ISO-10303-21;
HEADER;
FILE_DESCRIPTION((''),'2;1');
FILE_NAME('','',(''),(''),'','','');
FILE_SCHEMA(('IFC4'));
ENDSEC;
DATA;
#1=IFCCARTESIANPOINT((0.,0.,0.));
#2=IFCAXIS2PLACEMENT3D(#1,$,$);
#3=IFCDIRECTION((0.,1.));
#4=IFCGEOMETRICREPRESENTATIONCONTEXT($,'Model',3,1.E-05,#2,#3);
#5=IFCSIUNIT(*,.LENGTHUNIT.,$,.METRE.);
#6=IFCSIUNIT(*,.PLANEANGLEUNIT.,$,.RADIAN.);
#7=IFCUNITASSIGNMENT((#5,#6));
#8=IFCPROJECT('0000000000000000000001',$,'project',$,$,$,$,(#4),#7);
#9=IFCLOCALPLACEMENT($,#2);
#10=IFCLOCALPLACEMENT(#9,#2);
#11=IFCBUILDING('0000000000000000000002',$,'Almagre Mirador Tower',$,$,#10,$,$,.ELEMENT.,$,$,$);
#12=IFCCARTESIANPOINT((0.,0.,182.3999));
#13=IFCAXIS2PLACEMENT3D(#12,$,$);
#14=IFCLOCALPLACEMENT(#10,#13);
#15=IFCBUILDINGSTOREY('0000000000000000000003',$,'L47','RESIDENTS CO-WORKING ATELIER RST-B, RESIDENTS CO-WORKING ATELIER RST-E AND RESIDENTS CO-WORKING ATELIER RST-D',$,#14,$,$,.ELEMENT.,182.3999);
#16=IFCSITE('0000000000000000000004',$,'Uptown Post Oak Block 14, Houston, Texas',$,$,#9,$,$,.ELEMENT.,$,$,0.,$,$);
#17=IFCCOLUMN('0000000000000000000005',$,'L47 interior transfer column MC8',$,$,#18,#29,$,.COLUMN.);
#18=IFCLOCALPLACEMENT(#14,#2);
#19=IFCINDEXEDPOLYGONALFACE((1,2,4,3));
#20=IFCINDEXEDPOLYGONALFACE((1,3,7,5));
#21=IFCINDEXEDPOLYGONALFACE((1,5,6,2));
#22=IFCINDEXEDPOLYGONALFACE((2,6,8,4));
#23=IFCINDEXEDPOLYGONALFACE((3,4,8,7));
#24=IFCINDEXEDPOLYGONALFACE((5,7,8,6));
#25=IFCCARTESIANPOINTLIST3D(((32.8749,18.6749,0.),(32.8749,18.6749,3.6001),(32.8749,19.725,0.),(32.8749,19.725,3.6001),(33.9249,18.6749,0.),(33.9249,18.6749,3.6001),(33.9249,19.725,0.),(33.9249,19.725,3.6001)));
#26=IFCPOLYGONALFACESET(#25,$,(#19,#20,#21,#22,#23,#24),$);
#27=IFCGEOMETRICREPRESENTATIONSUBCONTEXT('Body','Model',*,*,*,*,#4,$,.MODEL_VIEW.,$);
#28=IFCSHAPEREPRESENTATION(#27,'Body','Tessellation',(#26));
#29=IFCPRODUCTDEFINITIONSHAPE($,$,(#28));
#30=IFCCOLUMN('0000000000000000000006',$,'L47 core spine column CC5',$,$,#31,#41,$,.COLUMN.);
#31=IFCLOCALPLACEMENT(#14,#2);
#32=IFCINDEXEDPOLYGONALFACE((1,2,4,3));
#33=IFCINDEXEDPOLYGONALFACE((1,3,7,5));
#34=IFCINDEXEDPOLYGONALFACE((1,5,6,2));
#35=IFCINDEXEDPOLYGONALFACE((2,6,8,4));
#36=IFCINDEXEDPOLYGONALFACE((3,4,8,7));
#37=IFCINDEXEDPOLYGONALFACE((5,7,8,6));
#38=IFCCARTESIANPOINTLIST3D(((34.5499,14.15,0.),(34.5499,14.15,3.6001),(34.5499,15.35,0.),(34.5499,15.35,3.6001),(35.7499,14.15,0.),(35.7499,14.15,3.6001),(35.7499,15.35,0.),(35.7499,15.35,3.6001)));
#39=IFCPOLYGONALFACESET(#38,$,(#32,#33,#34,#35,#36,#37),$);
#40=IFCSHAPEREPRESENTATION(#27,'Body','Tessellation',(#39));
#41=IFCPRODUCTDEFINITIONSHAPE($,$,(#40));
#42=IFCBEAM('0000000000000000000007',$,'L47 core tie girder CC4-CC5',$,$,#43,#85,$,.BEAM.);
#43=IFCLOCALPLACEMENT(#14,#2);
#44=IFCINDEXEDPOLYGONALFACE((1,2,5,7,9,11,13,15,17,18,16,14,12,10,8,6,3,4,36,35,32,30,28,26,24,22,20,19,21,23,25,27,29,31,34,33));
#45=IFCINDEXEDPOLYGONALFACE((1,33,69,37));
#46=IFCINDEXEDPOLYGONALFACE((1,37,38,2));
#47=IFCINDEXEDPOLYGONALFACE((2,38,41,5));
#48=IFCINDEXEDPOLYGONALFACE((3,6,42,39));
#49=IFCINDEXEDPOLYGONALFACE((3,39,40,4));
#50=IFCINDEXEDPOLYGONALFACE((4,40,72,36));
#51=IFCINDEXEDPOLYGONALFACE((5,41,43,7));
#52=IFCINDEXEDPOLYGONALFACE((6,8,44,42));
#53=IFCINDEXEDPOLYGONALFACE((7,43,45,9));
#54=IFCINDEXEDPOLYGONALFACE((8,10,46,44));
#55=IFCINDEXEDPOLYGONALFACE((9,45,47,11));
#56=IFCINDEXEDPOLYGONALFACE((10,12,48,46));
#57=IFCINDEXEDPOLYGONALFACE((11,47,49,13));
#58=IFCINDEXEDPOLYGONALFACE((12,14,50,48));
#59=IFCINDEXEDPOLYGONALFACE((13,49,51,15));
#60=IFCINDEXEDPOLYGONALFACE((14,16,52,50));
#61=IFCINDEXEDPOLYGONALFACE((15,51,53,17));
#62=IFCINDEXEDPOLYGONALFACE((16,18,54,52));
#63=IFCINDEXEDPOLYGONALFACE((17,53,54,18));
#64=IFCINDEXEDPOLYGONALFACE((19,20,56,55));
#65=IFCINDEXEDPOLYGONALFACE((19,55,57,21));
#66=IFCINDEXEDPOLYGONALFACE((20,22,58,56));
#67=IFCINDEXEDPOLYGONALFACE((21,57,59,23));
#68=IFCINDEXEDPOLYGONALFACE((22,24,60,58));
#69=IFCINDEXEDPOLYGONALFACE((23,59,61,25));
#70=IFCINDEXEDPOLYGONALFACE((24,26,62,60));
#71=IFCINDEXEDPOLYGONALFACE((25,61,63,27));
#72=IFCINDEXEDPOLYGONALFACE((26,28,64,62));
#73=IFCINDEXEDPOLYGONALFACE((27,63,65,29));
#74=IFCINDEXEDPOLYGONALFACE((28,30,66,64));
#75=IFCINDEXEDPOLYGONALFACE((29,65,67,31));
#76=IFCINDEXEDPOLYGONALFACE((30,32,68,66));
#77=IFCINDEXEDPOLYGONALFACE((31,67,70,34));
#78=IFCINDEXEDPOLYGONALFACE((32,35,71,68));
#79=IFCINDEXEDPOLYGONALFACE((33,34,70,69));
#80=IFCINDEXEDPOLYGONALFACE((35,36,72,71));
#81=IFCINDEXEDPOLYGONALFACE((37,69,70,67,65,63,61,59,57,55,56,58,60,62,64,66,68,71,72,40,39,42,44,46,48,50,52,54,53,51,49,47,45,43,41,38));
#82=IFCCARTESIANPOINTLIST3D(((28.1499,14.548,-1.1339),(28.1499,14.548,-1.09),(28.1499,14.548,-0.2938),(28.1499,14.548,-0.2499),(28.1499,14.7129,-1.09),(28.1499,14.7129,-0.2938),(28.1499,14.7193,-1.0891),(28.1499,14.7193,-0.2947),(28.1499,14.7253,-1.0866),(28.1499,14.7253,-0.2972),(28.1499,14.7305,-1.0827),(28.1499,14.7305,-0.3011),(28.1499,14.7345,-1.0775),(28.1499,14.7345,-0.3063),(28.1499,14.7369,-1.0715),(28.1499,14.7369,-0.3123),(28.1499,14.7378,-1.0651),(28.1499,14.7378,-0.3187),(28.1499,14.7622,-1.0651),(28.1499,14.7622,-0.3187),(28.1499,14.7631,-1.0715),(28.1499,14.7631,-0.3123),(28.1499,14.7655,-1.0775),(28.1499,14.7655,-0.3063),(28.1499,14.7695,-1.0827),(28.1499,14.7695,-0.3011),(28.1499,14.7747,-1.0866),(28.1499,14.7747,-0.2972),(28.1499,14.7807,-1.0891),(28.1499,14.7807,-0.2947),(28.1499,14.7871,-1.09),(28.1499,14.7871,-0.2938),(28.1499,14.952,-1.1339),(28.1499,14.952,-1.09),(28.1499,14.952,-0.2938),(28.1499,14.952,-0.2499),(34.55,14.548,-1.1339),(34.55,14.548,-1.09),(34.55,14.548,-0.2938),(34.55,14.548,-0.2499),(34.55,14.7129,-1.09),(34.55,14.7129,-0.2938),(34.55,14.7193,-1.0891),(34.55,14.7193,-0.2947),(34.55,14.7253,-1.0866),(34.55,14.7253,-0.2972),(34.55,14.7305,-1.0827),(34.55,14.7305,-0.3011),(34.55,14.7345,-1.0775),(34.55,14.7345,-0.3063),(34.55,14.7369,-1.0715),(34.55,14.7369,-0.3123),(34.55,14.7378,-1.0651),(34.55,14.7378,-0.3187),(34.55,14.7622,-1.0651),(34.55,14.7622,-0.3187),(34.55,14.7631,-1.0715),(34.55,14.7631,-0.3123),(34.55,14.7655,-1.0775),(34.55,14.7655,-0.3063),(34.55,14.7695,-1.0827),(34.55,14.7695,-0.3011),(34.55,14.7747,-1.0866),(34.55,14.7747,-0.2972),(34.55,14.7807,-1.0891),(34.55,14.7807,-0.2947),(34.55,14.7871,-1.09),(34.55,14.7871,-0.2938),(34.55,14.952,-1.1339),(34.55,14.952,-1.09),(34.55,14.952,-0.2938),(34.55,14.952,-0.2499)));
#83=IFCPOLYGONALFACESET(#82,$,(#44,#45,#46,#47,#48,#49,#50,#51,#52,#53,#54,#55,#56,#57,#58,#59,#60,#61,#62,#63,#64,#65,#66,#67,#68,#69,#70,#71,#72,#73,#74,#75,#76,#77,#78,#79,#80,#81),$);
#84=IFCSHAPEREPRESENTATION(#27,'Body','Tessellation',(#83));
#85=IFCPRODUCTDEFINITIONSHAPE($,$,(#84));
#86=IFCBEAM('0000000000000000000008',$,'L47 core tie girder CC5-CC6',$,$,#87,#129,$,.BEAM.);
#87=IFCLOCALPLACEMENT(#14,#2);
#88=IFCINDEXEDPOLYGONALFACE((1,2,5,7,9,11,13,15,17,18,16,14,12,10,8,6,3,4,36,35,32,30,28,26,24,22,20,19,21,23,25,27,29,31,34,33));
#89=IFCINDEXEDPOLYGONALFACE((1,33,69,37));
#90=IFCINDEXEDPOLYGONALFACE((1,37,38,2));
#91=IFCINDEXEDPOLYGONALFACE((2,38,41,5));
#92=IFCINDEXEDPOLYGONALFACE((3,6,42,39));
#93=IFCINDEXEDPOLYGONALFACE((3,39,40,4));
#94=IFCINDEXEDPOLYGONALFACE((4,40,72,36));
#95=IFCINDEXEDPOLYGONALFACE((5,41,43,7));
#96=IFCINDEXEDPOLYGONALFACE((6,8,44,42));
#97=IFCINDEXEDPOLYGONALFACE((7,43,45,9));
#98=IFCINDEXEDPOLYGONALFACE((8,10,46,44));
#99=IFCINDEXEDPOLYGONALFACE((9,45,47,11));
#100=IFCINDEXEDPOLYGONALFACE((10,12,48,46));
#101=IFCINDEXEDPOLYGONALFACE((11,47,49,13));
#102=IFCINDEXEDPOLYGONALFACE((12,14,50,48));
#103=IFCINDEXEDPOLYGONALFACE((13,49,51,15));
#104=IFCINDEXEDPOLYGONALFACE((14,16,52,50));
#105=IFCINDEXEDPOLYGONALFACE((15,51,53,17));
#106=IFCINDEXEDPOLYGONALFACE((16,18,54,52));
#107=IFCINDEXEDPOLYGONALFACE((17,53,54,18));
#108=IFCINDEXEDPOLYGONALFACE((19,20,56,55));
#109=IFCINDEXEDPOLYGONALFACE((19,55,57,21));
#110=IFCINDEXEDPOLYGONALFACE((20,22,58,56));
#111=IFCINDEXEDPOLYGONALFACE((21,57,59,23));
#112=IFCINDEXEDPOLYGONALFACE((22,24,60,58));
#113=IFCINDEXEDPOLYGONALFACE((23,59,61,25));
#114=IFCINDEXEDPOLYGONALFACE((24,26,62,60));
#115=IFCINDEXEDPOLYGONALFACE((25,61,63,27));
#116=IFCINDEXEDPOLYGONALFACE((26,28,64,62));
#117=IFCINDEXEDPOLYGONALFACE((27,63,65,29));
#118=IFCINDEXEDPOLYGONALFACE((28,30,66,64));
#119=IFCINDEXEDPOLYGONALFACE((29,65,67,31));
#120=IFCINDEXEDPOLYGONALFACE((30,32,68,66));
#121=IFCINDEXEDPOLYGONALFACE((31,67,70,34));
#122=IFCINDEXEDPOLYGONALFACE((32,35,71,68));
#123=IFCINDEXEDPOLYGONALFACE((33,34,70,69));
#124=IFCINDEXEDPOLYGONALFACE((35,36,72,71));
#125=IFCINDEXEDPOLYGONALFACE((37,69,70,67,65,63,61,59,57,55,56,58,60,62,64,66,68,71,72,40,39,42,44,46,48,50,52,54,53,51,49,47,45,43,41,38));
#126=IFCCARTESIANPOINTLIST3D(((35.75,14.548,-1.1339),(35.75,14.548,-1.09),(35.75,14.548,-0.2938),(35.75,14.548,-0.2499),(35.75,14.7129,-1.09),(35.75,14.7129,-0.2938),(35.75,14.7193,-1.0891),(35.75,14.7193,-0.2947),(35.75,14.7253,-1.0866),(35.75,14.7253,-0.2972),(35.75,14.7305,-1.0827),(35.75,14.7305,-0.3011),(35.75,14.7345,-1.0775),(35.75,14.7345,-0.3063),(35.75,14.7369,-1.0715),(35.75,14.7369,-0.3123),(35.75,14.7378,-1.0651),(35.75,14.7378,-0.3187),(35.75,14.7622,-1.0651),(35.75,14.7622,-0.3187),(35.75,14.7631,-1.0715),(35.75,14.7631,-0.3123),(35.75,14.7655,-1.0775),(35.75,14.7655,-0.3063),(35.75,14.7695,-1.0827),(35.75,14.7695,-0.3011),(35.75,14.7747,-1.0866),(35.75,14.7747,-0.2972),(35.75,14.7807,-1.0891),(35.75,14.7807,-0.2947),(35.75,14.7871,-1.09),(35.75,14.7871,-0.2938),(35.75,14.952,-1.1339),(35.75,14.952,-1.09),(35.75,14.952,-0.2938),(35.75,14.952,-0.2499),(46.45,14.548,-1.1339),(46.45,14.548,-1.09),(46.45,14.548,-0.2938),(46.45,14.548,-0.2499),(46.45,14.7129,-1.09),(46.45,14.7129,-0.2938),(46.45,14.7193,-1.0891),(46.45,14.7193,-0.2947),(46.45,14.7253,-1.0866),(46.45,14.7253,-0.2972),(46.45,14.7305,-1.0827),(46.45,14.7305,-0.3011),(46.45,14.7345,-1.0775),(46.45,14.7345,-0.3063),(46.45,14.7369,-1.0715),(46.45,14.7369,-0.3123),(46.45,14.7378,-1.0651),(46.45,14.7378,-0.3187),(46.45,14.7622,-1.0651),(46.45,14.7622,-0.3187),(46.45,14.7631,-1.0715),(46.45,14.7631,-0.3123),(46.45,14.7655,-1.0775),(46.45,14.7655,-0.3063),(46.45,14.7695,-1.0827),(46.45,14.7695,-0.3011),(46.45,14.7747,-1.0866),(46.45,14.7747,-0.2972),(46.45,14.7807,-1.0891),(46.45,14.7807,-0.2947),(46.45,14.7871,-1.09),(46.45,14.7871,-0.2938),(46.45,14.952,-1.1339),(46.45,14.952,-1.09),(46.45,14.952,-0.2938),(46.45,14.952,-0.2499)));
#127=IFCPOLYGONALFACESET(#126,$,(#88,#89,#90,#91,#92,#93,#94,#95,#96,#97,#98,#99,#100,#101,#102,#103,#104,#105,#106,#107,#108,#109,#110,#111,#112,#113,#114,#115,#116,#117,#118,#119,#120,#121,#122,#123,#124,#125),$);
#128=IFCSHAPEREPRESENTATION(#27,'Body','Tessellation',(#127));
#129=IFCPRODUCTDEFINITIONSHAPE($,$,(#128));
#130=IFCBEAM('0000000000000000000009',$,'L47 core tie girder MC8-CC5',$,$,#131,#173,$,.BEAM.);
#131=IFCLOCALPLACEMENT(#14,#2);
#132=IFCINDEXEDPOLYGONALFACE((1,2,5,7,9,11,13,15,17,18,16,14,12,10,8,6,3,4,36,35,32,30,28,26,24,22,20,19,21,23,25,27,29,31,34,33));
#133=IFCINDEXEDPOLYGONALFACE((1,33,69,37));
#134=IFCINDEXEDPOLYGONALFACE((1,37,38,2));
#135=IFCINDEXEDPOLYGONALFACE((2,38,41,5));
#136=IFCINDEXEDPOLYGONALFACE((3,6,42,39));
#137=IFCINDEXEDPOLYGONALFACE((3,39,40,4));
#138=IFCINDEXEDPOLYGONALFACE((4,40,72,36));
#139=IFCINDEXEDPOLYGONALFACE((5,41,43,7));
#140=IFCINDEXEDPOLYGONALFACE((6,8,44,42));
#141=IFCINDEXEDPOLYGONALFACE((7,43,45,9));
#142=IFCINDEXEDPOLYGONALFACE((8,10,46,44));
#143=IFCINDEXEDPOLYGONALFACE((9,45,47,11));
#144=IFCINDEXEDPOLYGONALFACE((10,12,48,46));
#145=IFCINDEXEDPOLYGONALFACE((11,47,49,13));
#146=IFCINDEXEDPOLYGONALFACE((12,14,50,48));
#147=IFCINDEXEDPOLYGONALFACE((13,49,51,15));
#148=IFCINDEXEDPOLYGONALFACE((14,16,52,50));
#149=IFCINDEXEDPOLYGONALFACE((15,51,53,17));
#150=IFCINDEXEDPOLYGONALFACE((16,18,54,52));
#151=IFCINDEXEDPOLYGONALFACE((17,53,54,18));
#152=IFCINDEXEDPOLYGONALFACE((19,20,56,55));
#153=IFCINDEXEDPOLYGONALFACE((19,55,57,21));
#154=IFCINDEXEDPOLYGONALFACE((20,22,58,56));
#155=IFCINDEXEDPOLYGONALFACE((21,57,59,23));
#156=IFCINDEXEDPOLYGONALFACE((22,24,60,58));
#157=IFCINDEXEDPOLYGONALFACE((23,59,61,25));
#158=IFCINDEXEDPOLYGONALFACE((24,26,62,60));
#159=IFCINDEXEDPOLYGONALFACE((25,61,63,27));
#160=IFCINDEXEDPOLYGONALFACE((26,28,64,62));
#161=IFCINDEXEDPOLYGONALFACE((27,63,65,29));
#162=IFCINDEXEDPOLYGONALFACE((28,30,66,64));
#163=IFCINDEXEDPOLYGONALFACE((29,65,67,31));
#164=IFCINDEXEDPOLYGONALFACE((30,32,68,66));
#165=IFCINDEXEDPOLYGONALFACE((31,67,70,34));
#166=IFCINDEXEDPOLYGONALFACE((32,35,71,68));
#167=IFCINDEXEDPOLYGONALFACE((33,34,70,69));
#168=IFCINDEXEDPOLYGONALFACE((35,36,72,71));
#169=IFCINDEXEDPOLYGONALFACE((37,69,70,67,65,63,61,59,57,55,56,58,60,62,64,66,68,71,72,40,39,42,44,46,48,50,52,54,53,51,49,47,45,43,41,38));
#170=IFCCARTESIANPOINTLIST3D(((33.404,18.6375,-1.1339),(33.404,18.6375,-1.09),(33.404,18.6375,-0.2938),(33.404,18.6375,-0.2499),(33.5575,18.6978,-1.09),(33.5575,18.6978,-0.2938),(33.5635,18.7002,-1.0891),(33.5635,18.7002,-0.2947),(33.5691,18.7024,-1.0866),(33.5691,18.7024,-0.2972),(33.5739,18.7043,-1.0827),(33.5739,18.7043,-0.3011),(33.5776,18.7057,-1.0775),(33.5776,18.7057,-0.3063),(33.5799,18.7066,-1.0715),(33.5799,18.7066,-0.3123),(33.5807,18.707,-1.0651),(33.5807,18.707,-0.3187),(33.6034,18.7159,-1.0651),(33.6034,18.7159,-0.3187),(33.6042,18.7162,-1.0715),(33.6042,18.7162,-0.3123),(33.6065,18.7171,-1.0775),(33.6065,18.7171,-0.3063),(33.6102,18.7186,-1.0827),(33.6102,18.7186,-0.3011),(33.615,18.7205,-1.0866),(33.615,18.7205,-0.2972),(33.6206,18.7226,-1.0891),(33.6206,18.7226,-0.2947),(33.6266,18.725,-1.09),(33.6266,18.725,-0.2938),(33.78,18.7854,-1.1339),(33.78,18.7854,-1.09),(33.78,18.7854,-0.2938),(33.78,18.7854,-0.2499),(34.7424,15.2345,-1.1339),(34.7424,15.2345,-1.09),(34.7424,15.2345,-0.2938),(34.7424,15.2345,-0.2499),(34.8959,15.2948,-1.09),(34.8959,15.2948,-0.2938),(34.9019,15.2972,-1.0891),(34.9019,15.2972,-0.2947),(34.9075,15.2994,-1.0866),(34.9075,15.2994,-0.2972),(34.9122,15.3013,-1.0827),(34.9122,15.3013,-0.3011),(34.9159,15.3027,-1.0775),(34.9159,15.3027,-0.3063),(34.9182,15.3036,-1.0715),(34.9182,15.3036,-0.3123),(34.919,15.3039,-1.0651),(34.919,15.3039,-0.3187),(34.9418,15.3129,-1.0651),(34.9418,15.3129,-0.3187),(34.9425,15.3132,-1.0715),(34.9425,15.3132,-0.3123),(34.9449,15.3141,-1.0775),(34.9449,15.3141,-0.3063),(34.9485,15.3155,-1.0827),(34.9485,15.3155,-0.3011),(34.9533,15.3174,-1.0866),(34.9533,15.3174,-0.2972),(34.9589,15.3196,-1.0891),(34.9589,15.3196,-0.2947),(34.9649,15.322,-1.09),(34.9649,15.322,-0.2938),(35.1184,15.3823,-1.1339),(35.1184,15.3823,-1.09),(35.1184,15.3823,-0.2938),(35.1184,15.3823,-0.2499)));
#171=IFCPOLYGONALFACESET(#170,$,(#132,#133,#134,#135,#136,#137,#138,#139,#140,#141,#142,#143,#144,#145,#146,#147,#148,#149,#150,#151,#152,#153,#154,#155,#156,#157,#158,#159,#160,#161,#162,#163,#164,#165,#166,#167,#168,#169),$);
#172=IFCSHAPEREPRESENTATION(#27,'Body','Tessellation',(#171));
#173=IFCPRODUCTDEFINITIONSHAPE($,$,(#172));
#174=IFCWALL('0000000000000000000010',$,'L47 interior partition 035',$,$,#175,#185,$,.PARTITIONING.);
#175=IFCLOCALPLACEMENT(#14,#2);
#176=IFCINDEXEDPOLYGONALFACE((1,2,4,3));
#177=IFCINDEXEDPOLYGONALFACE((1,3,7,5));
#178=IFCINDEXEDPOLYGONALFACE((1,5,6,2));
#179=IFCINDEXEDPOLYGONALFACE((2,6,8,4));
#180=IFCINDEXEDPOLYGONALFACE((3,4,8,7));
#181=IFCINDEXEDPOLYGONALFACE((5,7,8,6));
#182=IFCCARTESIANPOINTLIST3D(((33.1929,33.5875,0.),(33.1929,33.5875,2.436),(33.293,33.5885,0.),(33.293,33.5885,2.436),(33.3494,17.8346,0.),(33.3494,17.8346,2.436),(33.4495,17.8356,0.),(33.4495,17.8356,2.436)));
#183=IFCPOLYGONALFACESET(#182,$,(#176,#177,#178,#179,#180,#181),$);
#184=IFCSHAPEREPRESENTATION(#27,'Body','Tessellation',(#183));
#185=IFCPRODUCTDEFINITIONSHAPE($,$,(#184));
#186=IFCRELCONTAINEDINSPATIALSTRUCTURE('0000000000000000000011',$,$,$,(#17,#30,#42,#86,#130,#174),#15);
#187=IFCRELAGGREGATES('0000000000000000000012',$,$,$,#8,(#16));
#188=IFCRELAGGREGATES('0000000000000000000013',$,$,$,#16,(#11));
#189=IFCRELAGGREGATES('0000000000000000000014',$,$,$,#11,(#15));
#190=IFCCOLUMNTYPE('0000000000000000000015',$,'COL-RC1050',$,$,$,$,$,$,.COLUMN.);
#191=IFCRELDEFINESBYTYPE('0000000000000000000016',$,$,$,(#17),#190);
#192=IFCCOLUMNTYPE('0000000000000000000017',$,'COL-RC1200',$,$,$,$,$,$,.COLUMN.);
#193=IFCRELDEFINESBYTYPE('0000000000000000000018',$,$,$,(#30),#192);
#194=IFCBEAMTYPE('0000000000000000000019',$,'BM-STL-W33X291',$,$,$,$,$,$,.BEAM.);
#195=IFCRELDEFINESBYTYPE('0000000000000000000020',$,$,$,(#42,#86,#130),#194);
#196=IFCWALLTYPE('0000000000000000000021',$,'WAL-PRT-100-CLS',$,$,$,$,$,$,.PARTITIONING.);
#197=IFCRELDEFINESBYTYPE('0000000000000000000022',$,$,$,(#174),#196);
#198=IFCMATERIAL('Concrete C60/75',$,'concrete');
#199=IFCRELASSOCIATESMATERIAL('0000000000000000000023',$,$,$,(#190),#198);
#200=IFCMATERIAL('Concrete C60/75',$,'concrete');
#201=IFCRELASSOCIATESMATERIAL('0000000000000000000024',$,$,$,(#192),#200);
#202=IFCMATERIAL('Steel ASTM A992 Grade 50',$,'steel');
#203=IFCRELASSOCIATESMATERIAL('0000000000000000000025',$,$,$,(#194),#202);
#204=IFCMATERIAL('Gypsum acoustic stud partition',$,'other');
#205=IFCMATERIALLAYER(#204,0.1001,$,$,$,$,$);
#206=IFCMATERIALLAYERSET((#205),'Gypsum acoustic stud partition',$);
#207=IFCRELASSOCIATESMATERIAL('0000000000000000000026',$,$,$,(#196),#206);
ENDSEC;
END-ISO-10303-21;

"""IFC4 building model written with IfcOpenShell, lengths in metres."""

from ifc_helpers import new_model, si_unit, direction, frame, frame_2d, origin, origin_2d, place, context, subcontext, project, spatial, rectangle, i_section, extrude, material, layer, layer_set, material_profile, profile_set, type_object, element, save


model = new_model("IFC4")

# Units and contexts
model_context = context("Model", 3, precision=1e-05, world=origin(), true_north=direction((0.0, 1.0)))
body_context = subcontext(model_context, "Body", "Model", "MODEL_VIEW")
ifc_project = project(units=[si_unit("LENGTHUNIT", "METRE"), si_unit("PLANEANGLEUNIT", "RADIAN")], contexts=[model_context])

# Site, building, storey
site_placement = place(None, origin())
site = spatial("IfcSite", under=ifc_project, at=site_placement, Name="Uptown Post Oak Block 14, Houston, Texas", CompositionType="ELEMENT", RefElevation=0.0)
building_placement = place(site_placement, origin())
building = spatial("IfcBuilding", under=site, at=building_placement, Name="Almagre Mirador Tower", CompositionType="ELEMENT")
storey_placement = place(building_placement, frame((0.0, 0.0, 182.3999)))
storey = spatial("IfcBuildingStorey", under=building, at=storey_placement, Name="L47", Description="RESIDENTS CO-WORKING ATELIER RST-B, RESIDENTS CO-WORKING ATELIER RST-E AND RESIDENTS CO-WORKING ATELIER RST-D", CompositionType="ELEMENT", Elevation=182.3999)

# Columns
ifc_material_1 = material(Name="Concrete C60/75", Category="concrete")
ifc_material_profile_1 = material_profile(ifc_material_1, rectangle(XDim=1.05, YDim=1.05, at=origin_2d()), Name="RC1050X1050")
ifc_profile_set_1 = profile_set([ifc_material_profile_1], Name="Concrete C60/75")
column_type_1 = type_object("IfcColumnType", Name="COL-RC1050", PredefinedType="COLUMN", material=ifc_profile_set_1)
column_1_placement = place(storey_placement, frame((33.3999, 19.2, 0.0), z_axis=(0.0, 0.0, 1.0), x_axis=(1.0, 0.0, 0.0)))
element("IfcColumn", 1, at=column_1_placement, inside=storey, type_object=column_type_1, Name="L47 interior transfer column MC8", PredefinedType="COLUMN", context=body_context, shape_type="SweptSolid", body=[
    extrude(rectangle(XDim=1.05, YDim=1.05, at=origin_2d()), origin(), (0.0, 0.0, 1.0), 3.6001),
])
ifc_material_2 = material(Name="Concrete C60/75", Category="concrete")
ifc_material_profile_2 = material_profile(ifc_material_2, rectangle(XDim=1.2, YDim=1.2, at=origin_2d()), Name="RC1200X1200")
ifc_profile_set_2 = profile_set([ifc_material_profile_2], Name="Concrete C60/75")
column_type_2 = type_object("IfcColumnType", Name="COL-RC1200", PredefinedType="COLUMN", material=ifc_profile_set_2)
column_2_placement = place(storey_placement, frame((35.1499, 14.75, 0.0), z_axis=(0.0, 0.0, 1.0), x_axis=(1.0, 0.0, 0.0)))
element("IfcColumn", 2, at=column_2_placement, inside=storey, type_object=column_type_2, Name="L47 core spine column CC5", PredefinedType="COLUMN", context=body_context, shape_type="SweptSolid", body=[
    extrude(rectangle(XDim=1.2, YDim=1.2, at=origin_2d()), origin(), (0.0, 0.0, 1.0), 3.6001),
])

# Beams
ifc_material_3 = material(Name="Steel ASTM A992 Grade 50", Category="steel")
ifc_material_profile_3 = material_profile(ifc_material_3, i_section(OverallWidth=0.4041, OverallDepth=0.884, WebThickness=0.0244, FlangeThickness=0.0439, FilletRadius=0.0249, at=origin_2d()), Name="W33X291")
ifc_profile_set_3 = profile_set([ifc_material_profile_3], Name="Steel ASTM A992 Grade 50")
beam_type = type_object("IfcBeamType", Name="BM-STL-W33X291", PredefinedType="BEAM", material=ifc_profile_set_3)
beam_1_placement = place(storey_placement, frame((28.1499, 14.75, -0.6919), z_axis=(1.0, 0.0, 0.0), x_axis=(0.0, 1.0, 0.0)))
element("IfcBeam", 3, at=beam_1_placement, inside=storey, type_object=beam_type, Name="L47 core tie girder CC4-CC5", PredefinedType="BEAM", context=body_context, shape_type="SweptSolid", body=[
    extrude(i_section(OverallWidth=0.4041, OverallDepth=0.884, WebThickness=0.0244, FlangeThickness=0.0439, FilletRadius=0.0249, at=origin_2d()), origin(), (0.0, 0.0, 1.0), 6.4001),
])
beam_2_placement = place(storey_placement, frame((35.75, 14.75, -0.6919), z_axis=(1.0, 0.0, 0.0), x_axis=(0.0, 1.0, 0.0)))
element("IfcBeam", 4, at=beam_2_placement, inside=storey, type_object=beam_type, Name="L47 core tie girder CC5-CC6", PredefinedType="BEAM", context=body_context, shape_type="SweptSolid", body=[
    extrude(i_section(OverallWidth=0.4041, OverallDepth=0.884, WebThickness=0.0244, FlangeThickness=0.0439, FilletRadius=0.0249, at=origin_2d()), origin(), (0.0, 0.0, 1.0), 10.7),
])
beam_3_placement = place(storey_placement, frame((33.592, 18.7114, -0.6919), z_axis=(0.365997, -0.930616, 0.0), x_axis=(0.930616, 0.365997, 0.0)))
element("IfcBeam", 5, at=beam_3_placement, inside=storey, type_object=beam_type, Name="L47 core tie girder MC8-CC5", PredefinedType="BEAM", context=body_context, shape_type="SweptSolid", body=[
    extrude(i_section(OverallWidth=0.4041, OverallDepth=0.884, WebThickness=0.0244, FlangeThickness=0.0439, FilletRadius=0.0249, at=origin_2d()), origin(), (0.0, 0.0, 1.0), 3.6567),
])

# Wall
ifc_material_4 = material(Name="Gypsum acoustic stud partition", Category="other")
ifc_layer_1 = layer(ifc_material_4, 0.1001)
ifc_layer_set_1 = layer_set([ifc_layer_1], Name="Gypsum acoustic stud partition")
wall_type_1 = type_object("IfcWallType", Name="WAL-PRT-100-CLS", PredefinedType="PARTITIONING", material=ifc_layer_set_1)
wall_1_placement = place(storey_placement, frame((33.3994, 17.835, 0.0), z_axis=(0.0, 0.0, 1.0), x_axis=(-0.009934, 0.999951, 0.0)))
element("IfcWall", 6, at=wall_1_placement, inside=storey, type_object=wall_type_1, Name="L47 interior partition 035", PredefinedType="PARTITIONING", context=body_context, shape_type="SweptSolid", body=[
    extrude(rectangle(XDim=15.7537, YDim=0.1001, at=frame_2d((7.877, 0.0))), origin(), (0.0, 0.0, 1.0), 2.436),
])

save(model, "model.ifc")
